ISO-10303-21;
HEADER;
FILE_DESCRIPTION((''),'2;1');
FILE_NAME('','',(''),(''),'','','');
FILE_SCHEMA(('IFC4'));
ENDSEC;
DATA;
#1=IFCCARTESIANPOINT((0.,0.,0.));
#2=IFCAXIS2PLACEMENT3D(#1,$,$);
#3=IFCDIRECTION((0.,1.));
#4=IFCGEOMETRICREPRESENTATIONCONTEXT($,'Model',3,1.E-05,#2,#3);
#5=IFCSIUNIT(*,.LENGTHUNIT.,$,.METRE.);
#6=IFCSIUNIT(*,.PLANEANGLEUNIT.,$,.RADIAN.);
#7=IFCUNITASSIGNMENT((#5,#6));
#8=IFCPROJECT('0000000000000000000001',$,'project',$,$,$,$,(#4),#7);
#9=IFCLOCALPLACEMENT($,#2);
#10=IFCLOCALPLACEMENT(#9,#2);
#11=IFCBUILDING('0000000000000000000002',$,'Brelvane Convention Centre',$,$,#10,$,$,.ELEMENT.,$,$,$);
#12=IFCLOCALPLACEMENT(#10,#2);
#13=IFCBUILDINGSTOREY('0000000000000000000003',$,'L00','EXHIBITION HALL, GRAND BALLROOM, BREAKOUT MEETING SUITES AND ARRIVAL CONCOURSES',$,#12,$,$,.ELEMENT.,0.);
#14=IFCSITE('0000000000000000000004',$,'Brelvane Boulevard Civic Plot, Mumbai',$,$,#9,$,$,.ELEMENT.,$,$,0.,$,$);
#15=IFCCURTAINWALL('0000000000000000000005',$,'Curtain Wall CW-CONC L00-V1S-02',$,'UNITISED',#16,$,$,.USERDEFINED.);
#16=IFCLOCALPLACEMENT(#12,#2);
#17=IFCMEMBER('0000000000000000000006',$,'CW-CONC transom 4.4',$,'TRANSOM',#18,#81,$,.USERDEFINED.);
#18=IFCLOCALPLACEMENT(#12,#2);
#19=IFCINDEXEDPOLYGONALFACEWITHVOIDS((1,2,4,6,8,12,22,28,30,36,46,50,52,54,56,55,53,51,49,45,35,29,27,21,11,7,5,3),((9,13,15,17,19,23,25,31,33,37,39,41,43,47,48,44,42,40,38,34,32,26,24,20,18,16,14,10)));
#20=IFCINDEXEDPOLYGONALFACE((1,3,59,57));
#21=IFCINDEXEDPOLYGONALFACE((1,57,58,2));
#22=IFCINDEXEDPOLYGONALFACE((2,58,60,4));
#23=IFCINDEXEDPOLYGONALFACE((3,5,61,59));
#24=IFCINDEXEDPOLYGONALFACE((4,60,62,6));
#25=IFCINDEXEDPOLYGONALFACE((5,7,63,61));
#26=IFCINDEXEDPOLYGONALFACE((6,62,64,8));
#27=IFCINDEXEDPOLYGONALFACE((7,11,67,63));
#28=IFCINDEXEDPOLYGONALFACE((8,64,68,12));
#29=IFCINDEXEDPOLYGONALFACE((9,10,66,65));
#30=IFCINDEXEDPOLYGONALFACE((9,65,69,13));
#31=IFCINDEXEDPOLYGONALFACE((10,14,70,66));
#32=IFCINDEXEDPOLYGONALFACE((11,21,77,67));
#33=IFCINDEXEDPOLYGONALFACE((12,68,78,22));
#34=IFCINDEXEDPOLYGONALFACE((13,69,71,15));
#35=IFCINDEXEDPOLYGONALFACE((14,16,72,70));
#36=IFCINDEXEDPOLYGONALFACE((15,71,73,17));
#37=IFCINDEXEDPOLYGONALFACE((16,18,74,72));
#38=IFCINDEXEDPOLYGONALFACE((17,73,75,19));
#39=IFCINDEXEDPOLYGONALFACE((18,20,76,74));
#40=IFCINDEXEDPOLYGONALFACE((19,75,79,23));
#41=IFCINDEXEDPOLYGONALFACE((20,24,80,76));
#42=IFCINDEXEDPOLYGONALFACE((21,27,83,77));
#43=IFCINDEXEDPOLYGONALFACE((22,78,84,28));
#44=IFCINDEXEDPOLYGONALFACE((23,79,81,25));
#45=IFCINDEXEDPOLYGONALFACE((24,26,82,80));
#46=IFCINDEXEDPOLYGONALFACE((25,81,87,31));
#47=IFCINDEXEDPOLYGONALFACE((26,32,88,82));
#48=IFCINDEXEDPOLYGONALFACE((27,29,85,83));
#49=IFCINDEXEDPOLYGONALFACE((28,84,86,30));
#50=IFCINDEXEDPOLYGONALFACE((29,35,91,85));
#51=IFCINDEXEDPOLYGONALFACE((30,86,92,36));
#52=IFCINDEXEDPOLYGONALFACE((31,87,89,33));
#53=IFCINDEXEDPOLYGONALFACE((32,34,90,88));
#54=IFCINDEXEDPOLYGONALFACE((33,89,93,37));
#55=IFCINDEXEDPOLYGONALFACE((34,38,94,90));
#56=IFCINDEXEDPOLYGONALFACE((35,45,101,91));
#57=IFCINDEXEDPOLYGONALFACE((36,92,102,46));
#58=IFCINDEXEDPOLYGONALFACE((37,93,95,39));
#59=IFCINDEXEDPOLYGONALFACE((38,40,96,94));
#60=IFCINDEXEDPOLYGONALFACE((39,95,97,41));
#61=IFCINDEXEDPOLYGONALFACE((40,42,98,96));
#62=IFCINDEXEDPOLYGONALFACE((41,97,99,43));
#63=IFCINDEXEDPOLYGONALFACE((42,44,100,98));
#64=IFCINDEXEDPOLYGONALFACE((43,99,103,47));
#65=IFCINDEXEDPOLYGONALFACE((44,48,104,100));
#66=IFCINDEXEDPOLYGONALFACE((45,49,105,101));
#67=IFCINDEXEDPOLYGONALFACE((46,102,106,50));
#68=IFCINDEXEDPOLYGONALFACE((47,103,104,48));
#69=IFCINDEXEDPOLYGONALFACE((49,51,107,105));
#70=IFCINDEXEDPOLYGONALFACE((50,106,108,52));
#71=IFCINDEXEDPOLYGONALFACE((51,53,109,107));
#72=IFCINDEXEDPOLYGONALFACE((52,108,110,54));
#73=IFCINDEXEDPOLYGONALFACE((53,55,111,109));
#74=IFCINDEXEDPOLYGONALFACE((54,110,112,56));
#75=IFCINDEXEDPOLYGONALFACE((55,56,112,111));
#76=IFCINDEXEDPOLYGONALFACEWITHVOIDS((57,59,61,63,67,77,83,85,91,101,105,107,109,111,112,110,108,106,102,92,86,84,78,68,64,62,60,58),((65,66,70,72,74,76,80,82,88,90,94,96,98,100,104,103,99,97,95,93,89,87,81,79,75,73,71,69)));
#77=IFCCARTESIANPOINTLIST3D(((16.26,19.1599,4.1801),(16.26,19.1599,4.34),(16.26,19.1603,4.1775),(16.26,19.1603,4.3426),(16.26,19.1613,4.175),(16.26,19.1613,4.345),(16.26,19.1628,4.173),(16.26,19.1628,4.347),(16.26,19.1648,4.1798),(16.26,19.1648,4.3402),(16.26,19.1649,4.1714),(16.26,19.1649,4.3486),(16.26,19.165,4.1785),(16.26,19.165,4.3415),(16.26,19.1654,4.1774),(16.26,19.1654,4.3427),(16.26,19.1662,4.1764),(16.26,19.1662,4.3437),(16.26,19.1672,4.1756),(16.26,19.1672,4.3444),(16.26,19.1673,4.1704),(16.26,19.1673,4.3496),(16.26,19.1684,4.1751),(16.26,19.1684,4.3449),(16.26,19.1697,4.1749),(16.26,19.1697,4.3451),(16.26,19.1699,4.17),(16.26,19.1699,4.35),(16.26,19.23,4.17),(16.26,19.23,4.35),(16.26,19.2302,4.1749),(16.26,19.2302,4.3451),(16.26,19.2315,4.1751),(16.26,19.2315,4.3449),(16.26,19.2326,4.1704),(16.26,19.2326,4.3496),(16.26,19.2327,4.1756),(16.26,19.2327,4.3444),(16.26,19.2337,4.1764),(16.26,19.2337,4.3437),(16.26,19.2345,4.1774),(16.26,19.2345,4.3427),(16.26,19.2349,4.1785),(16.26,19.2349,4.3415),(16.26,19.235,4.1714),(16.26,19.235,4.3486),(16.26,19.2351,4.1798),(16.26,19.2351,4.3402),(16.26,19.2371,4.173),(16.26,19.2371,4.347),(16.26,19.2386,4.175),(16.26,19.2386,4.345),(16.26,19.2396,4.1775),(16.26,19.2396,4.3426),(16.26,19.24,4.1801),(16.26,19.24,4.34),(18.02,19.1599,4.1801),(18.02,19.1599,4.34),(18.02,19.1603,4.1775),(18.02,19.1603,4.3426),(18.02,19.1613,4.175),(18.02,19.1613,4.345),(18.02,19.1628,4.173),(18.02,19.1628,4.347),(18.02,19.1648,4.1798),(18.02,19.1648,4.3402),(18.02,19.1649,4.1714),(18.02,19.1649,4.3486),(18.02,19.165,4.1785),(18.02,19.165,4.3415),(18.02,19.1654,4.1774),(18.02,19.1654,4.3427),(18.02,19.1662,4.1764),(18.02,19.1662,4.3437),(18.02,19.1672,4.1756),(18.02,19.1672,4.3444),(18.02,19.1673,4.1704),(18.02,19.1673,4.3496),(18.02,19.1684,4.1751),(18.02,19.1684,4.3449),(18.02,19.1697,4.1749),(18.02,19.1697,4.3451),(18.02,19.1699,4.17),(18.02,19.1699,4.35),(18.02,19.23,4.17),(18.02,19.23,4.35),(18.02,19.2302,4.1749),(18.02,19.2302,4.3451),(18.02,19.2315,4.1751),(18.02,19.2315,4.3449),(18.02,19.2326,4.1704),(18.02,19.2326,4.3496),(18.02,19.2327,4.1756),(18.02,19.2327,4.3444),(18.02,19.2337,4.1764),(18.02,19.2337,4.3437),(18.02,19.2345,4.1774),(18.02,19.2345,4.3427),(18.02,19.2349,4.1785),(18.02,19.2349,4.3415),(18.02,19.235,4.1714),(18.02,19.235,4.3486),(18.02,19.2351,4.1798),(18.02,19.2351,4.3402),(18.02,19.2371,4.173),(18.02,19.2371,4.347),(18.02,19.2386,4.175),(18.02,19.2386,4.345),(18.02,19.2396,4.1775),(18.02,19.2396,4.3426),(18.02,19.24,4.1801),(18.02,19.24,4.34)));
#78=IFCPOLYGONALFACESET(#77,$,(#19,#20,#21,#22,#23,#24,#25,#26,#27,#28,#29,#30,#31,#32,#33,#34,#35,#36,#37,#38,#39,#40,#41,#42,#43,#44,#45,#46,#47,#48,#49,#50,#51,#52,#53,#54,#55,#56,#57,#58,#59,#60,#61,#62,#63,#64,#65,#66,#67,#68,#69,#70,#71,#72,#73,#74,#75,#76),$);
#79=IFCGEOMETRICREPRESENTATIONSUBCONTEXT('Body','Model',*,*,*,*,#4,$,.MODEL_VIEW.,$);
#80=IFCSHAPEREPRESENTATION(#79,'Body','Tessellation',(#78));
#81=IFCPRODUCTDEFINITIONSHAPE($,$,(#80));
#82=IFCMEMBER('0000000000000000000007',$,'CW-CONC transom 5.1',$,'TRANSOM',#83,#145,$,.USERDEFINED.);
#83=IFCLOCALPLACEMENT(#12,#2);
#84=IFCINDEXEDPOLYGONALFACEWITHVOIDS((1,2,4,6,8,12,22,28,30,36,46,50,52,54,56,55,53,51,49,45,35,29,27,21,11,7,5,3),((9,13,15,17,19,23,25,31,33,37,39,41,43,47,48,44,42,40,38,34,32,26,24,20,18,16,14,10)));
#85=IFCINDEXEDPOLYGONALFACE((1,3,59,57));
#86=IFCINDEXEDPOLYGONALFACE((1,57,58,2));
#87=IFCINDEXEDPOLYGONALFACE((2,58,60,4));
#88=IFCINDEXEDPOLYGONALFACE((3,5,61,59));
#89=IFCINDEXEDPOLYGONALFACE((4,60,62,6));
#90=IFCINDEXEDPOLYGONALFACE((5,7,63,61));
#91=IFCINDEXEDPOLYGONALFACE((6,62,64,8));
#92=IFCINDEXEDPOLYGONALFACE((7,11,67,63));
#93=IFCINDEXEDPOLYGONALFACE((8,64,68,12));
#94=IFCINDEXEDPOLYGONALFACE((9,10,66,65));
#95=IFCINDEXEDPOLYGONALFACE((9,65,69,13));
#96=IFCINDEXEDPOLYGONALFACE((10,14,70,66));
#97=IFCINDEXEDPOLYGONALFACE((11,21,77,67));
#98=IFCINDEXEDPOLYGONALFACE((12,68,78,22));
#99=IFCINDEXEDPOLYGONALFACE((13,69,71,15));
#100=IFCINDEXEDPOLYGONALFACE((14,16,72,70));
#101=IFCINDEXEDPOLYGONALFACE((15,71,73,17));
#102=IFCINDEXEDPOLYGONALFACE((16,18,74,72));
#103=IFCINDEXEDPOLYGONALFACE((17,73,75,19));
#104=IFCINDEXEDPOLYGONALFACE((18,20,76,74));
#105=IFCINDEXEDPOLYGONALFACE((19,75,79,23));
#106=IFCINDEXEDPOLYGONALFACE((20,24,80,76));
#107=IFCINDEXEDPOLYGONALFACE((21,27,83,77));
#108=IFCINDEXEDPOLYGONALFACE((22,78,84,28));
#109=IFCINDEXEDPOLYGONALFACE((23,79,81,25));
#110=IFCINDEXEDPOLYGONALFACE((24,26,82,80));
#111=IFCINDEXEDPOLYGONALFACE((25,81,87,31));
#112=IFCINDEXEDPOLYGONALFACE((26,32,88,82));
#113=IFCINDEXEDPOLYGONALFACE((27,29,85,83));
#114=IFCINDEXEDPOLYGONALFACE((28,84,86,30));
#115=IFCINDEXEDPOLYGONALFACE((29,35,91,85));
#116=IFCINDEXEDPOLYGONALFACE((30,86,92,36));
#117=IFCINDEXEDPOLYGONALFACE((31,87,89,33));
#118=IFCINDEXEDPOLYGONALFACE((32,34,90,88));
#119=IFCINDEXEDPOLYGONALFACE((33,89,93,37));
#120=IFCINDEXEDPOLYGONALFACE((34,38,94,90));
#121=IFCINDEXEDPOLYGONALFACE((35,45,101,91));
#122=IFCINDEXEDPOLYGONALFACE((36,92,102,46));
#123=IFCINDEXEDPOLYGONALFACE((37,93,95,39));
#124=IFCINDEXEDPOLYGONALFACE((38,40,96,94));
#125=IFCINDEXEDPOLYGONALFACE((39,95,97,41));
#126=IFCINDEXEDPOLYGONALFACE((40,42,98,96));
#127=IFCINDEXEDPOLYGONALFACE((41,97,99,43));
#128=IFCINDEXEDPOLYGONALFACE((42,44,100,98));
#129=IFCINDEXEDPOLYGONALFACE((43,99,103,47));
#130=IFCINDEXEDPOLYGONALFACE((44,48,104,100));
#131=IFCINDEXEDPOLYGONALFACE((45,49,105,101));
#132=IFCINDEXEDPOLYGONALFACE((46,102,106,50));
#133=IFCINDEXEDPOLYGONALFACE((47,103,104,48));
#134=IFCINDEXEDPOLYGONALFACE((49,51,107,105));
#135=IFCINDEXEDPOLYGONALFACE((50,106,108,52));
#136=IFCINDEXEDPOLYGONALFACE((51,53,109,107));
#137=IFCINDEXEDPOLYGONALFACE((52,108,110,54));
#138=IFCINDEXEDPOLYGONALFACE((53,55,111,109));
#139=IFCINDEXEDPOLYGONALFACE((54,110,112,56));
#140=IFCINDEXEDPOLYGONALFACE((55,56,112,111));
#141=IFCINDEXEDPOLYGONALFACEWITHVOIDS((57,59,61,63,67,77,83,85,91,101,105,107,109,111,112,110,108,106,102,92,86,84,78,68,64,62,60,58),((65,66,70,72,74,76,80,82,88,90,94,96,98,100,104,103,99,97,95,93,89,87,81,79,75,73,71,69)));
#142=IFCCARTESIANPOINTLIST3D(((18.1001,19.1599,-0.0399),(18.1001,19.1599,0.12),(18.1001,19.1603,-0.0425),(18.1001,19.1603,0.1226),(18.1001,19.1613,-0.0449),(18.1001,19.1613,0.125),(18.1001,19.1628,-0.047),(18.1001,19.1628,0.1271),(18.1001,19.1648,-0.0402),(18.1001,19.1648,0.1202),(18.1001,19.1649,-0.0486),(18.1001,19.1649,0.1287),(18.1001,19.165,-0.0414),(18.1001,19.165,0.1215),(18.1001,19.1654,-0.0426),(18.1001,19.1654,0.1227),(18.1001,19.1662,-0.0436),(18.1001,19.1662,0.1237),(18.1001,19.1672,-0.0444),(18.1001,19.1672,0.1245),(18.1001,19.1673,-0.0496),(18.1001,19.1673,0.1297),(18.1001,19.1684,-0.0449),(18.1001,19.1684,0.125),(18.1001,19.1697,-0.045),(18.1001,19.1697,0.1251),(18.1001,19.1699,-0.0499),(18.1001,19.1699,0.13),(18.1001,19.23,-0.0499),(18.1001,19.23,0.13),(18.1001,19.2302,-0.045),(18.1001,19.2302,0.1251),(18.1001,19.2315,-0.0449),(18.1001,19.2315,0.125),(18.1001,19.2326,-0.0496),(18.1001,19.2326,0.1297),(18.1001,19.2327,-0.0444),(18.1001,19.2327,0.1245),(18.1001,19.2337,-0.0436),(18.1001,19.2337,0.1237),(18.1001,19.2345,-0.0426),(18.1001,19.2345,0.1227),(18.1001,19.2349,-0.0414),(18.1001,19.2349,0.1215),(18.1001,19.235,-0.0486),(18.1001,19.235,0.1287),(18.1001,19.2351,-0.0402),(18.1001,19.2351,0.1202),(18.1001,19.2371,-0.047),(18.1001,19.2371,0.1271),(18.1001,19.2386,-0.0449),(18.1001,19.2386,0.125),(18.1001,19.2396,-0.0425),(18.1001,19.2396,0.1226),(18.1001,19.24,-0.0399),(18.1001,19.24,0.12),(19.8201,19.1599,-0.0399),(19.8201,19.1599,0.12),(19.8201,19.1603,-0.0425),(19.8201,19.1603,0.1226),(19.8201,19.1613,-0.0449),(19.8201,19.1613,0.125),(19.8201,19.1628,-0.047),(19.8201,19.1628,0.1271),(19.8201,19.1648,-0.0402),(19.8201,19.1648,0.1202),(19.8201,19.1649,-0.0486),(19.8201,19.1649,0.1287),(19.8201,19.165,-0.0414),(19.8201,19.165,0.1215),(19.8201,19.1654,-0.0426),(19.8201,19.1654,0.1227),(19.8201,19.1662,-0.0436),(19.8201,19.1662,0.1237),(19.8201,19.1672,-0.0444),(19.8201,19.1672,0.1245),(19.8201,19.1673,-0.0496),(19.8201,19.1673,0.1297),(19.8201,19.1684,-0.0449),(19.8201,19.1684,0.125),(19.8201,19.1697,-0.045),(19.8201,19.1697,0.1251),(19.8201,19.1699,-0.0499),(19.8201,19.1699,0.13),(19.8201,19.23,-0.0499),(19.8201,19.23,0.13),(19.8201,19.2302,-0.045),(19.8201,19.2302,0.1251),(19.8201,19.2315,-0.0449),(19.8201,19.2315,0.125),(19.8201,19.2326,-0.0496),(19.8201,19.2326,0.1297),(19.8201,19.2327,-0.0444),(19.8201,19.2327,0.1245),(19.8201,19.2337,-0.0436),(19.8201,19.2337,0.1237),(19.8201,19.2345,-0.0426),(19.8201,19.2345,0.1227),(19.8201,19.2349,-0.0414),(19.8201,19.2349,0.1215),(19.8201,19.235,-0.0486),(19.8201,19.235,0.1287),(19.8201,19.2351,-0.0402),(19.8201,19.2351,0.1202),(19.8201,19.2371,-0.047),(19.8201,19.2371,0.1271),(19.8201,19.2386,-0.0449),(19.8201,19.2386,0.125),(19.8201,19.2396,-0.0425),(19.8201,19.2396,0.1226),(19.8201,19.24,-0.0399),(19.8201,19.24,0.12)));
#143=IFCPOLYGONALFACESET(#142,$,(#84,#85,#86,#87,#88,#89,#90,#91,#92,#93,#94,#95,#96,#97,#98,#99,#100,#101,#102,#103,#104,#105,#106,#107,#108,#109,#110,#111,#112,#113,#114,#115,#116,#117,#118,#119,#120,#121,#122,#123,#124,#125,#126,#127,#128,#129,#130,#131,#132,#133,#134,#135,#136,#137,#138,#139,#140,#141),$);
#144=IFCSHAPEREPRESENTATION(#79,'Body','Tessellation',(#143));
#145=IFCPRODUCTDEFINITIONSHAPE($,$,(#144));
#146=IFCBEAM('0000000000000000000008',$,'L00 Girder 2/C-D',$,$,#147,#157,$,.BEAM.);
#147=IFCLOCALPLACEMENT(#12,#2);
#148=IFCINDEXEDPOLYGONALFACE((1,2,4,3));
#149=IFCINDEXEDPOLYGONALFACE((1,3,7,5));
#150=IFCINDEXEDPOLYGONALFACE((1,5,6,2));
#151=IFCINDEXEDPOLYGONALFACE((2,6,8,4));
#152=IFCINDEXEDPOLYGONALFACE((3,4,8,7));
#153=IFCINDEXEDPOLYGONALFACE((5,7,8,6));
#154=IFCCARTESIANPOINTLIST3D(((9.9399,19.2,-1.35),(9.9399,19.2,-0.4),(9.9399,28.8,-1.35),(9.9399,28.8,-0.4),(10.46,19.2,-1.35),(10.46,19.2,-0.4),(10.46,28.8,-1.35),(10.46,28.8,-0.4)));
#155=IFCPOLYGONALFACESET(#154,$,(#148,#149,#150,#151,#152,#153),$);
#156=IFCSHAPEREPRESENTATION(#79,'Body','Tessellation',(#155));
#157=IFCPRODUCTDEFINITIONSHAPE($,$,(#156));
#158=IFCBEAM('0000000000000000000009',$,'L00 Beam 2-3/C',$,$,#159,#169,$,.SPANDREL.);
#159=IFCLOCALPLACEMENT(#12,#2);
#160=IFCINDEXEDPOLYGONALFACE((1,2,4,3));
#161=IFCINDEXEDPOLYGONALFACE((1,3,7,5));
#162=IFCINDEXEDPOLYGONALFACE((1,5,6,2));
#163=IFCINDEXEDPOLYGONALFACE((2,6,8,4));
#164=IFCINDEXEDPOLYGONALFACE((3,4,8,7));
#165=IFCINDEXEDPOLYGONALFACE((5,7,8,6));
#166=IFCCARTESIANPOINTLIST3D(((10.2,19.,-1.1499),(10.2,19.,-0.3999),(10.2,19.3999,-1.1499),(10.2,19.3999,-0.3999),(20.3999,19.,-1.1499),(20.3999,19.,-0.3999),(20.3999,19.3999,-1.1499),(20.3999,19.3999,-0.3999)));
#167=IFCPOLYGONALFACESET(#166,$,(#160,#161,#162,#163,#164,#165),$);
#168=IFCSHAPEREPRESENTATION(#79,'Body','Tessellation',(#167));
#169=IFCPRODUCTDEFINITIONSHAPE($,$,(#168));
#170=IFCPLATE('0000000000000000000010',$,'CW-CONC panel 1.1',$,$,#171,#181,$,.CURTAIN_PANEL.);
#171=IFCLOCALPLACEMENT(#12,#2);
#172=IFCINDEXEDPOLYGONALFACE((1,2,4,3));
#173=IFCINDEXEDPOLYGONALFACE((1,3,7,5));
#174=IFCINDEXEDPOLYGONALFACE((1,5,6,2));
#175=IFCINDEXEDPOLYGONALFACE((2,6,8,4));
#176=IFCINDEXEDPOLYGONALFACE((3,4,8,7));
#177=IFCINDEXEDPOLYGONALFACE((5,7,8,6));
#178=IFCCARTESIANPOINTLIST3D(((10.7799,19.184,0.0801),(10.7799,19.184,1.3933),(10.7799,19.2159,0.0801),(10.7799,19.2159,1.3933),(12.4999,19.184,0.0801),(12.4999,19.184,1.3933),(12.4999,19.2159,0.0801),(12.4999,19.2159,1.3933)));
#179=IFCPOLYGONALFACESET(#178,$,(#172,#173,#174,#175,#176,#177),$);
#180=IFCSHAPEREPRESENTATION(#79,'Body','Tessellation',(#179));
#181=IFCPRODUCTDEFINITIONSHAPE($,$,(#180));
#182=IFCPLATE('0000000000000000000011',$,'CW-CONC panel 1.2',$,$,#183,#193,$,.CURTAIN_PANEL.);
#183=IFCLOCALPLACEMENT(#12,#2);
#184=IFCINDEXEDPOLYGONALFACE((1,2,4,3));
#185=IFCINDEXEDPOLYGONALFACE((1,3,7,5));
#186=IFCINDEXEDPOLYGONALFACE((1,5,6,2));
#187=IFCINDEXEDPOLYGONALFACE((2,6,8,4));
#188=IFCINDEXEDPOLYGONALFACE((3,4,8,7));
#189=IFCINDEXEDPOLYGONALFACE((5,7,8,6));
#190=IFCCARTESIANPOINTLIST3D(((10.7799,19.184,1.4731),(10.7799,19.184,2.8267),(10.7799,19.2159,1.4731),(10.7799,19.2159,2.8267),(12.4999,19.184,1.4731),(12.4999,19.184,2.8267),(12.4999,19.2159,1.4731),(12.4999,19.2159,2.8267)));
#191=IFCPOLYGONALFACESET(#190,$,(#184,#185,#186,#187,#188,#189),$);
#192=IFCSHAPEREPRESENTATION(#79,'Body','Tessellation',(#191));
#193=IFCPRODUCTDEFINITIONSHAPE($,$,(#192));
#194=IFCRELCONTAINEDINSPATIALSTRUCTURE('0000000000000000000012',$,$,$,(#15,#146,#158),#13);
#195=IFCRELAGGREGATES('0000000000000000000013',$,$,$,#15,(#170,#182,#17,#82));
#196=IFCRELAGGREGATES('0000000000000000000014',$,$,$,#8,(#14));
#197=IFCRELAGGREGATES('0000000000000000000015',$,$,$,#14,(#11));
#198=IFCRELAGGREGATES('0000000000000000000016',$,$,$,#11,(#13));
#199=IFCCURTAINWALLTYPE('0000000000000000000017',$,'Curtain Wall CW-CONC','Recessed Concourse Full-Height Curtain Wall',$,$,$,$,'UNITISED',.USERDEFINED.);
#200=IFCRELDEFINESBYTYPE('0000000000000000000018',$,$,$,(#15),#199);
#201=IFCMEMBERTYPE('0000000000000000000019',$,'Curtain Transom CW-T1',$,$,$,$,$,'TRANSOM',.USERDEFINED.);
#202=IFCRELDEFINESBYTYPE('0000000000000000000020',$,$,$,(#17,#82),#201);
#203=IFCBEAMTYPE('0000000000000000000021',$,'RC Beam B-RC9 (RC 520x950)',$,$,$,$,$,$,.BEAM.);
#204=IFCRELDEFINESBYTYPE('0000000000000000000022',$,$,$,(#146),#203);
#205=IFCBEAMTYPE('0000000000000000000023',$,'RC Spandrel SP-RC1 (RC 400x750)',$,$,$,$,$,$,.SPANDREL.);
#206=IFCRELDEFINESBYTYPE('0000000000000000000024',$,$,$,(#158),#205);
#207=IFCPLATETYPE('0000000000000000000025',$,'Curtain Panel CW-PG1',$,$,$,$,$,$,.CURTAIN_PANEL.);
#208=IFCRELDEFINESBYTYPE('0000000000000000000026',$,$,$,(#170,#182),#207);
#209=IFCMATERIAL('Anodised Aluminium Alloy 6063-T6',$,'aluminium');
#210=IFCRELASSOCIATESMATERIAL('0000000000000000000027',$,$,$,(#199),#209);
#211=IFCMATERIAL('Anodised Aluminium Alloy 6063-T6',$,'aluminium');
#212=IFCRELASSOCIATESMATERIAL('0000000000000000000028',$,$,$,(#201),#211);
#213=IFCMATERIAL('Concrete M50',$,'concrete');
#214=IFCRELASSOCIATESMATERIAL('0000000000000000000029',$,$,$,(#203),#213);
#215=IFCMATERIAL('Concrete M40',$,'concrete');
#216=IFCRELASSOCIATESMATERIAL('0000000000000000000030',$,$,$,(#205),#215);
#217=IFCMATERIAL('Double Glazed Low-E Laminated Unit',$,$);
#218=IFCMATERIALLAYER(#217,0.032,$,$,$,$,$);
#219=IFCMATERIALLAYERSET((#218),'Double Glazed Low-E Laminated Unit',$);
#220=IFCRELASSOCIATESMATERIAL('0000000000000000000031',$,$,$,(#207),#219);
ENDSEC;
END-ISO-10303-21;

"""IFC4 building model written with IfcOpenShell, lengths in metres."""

from ifc_helpers import new_model, si_unit, direction, frame, origin, origin_2d, place, context, subcontext, project, spatial, rectangle, hollow_rectangle, extrude, material, layer, layer_set, material_profile, profile_set, type_object, element, aggregate, save


model = new_model("IFC4")

# Units and contexts
model_context = context("Model", 3, precision=1e-05, world=origin(), true_north=direction((0.0, 1.0)))
body_context = subcontext(model_context, "Body", "Model", "MODEL_VIEW")
ifc_project = project(units=[si_unit("LENGTHUNIT", "METRE"), si_unit("PLANEANGLEUNIT", "RADIAN")], contexts=[model_context])

# Site, building, storey
site_placement = place(None, origin())
site = spatial("IfcSite", under=ifc_project, at=site_placement, Name="Brelvane Boulevard Civic Plot, Mumbai", CompositionType="ELEMENT", RefElevation=0.0)
building_placement = place(site_placement, origin())
building = spatial("IfcBuilding", under=site, at=building_placement, Name="Brelvane Convention Centre", CompositionType="ELEMENT")
storey_placement = place(building_placement, origin())
storey = spatial("IfcBuildingStorey", under=building, at=storey_placement, Name="L00", Description="EXHIBITION HALL, GRAND BALLROOM, BREAKOUT MEETING SUITES AND ARRIVAL CONCOURSES", CompositionType="ELEMENT", Elevation=0.0)

# Curtain wall, members
ifc_material_1 = material(Name="Anodised Aluminium Alloy 6063-T6", Category="aluminium")
curtain_wall_type = type_object("IfcCurtainWallType", Name="Curtain Wall CW-CONC", Description="Recessed Concourse Full-Height Curtain Wall", ElementType="UNITISED", PredefinedType="USERDEFINED", material=ifc_material_1)
curtain_wall_placement = place(storey_placement, origin())
curtain_wall = element("IfcCurtainWall", 1, at=curtain_wall_placement, inside=storey, type_object=curtain_wall_type, Name="Curtain Wall CW-CONC L00-V1S-02", ObjectType="UNITISED", PredefinedType="USERDEFINED")
ifc_material_2 = material(Name="Anodised Aluminium Alloy 6063-T6", Category="aluminium")
ifc_material_profile_1 = material_profile(ifc_material_2, hollow_rectangle(XDim=0.0801, YDim=0.1799, WallThickness=0.0049, InnerFilletRadius=0.0049, OuterFilletRadius=0.01, at=origin_2d()), Name="ALU-T 180x80x5.0")
ifc_profile_set_1 = profile_set([ifc_material_profile_1], Name="Anodised Aluminium Alloy 6063-T6")
member_type_1 = type_object("IfcMemberType", Name="Curtain Transom CW-T1", ElementType="TRANSOM", PredefinedType="USERDEFINED", material=ifc_profile_set_1)
member_1_placement = place(storey_placement, frame((16.26, 19.2, 4.26), z_axis=(1.0, 0.0, 0.0), x_axis=(0.0, 1.0, 0.0)))
member_1 = element("IfcMember", 2, at=member_1_placement, type_object=member_type_1, Name="CW-CONC transom 4.4", ObjectType="TRANSOM", PredefinedType="USERDEFINED", context=body_context, shape_type="SweptSolid", body=[
    extrude(hollow_rectangle(XDim=0.0801, YDim=0.1799, WallThickness=0.0049, InnerFilletRadius=0.0049, OuterFilletRadius=0.01, at=origin_2d()), origin(), (0.0, 0.0, 1.0), 1.76),
])
member_2_placement = place(storey_placement, frame((18.1001, 19.2, 0.04), z_axis=(1.0, 0.0, 0.0), x_axis=(0.0, 1.0, 0.0)))
member_2 = element("IfcMember", 3, at=member_2_placement, type_object=member_type_1, Name="CW-CONC transom 5.1", ObjectType="TRANSOM", PredefinedType="USERDEFINED", context=body_context, shape_type="SweptSolid", body=[
    extrude(hollow_rectangle(XDim=0.0801, YDim=0.1799, WallThickness=0.0049, InnerFilletRadius=0.0049, OuterFilletRadius=0.01, at=origin_2d()), origin(), (0.0, 0.0, 1.0), 1.72),
])

# Beams
ifc_material_3 = material(Name="Concrete M50", Category="concrete")
ifc_material_profile_2 = material_profile(ifc_material_3, rectangle(XDim=0.52, YDim=0.95, at=origin_2d()), Name="RC 520x950")
ifc_profile_set_2 = profile_set([ifc_material_profile_2], Name="Concrete M50")
beam_type_1 = type_object("IfcBeamType", Name="RC Beam B-RC9 (RC 520x950)", PredefinedType="BEAM", material=ifc_profile_set_2)
beam_1_placement = place(storey_placement, frame((10.2, 19.2, -0.875), z_axis=(0.0, 1.0, 0.0), x_axis=(-1.0, 0.0, 0.0)))
element("IfcBeam", 4, at=beam_1_placement, inside=storey, type_object=beam_type_1, Name="L00 Girder 2/C-D", PredefinedType="BEAM", context=body_context, shape_type="SweptSolid", body=[
    extrude(rectangle(XDim=0.52, YDim=0.95, at=origin_2d()), origin(), (0.0, 0.0, 1.0), 9.6001),
])
ifc_material_4 = material(Name="Concrete M40", Category="concrete")
ifc_material_profile_3 = material_profile(ifc_material_4, rectangle(XDim=0.3999, YDim=0.75, at=origin_2d()), Name="RC 400x750")
ifc_profile_set_3 = profile_set([ifc_material_profile_3], Name="Concrete M40")
beam_type_2 = type_object("IfcBeamType", Name="RC Spandrel SP-RC1 (RC 400x750)", PredefinedType="SPANDREL", material=ifc_profile_set_3)
beam_2_placement = place(storey_placement, frame((10.2, 19.2, -0.7749), z_axis=(1.0, 0.0, 0.0), x_axis=(0.0, 1.0, 0.0)))
element("IfcBeam", 5, at=beam_2_placement, inside=storey, type_object=beam_type_2, Name="L00 Beam 2-3/C", PredefinedType="SPANDREL", context=body_context, shape_type="SweptSolid", body=[
    extrude(rectangle(XDim=0.3999, YDim=0.75, at=origin_2d()), origin(), (0.0, 0.0, 1.0), 10.2),
])

# Plates
ifc_material_5 = material(Name="Double Glazed Low-E Laminated Unit")
ifc_layer_1 = layer(ifc_material_5, 0.032)
ifc_layer_set_1 = layer_set([ifc_layer_1], Name="Double Glazed Low-E Laminated Unit")
plate_type_1 = type_object("IfcPlateType", Name="Curtain Panel CW-PG1", PredefinedType="CURTAIN_PANEL", material=ifc_layer_set_1)
plate_1_placement = place(storey_placement, frame((11.6399, 19.2, 0.0801), z_axis=(0.0, 0.0, 1.0), x_axis=(1.0, 0.0, 0.0)))
plate_1 = element("IfcPlate", 6, at=plate_1_placement, type_object=plate_type_1, Name="CW-CONC panel 1.1", PredefinedType="CURTAIN_PANEL", context=body_context, shape_type="SweptSolid", body=[
    extrude(rectangle(XDim=1.72, YDim=0.032, at=origin_2d()), origin(), (0.0, 0.0, 1.0), 1.3132),
])
plate_2_placement = place(storey_placement, frame((11.6399, 19.2, 1.4731), z_axis=(0.0, 0.0, 1.0), x_axis=(1.0, 0.0, 0.0)))
plate_2 = element("IfcPlate", 7, at=plate_2_placement, type_object=plate_type_1, Name="CW-CONC panel 1.2", PredefinedType="CURTAIN_PANEL", context=body_context, shape_type="SweptSolid", body=[
    extrude(rectangle(XDim=1.72, YDim=0.032, at=origin_2d()), origin(), (0.0, 0.0, 1.0), 1.3535),
])
aggregate(curtain_wall, [plate_1, plate_2, member_1, member_2])

save(model, "model.ifc")
